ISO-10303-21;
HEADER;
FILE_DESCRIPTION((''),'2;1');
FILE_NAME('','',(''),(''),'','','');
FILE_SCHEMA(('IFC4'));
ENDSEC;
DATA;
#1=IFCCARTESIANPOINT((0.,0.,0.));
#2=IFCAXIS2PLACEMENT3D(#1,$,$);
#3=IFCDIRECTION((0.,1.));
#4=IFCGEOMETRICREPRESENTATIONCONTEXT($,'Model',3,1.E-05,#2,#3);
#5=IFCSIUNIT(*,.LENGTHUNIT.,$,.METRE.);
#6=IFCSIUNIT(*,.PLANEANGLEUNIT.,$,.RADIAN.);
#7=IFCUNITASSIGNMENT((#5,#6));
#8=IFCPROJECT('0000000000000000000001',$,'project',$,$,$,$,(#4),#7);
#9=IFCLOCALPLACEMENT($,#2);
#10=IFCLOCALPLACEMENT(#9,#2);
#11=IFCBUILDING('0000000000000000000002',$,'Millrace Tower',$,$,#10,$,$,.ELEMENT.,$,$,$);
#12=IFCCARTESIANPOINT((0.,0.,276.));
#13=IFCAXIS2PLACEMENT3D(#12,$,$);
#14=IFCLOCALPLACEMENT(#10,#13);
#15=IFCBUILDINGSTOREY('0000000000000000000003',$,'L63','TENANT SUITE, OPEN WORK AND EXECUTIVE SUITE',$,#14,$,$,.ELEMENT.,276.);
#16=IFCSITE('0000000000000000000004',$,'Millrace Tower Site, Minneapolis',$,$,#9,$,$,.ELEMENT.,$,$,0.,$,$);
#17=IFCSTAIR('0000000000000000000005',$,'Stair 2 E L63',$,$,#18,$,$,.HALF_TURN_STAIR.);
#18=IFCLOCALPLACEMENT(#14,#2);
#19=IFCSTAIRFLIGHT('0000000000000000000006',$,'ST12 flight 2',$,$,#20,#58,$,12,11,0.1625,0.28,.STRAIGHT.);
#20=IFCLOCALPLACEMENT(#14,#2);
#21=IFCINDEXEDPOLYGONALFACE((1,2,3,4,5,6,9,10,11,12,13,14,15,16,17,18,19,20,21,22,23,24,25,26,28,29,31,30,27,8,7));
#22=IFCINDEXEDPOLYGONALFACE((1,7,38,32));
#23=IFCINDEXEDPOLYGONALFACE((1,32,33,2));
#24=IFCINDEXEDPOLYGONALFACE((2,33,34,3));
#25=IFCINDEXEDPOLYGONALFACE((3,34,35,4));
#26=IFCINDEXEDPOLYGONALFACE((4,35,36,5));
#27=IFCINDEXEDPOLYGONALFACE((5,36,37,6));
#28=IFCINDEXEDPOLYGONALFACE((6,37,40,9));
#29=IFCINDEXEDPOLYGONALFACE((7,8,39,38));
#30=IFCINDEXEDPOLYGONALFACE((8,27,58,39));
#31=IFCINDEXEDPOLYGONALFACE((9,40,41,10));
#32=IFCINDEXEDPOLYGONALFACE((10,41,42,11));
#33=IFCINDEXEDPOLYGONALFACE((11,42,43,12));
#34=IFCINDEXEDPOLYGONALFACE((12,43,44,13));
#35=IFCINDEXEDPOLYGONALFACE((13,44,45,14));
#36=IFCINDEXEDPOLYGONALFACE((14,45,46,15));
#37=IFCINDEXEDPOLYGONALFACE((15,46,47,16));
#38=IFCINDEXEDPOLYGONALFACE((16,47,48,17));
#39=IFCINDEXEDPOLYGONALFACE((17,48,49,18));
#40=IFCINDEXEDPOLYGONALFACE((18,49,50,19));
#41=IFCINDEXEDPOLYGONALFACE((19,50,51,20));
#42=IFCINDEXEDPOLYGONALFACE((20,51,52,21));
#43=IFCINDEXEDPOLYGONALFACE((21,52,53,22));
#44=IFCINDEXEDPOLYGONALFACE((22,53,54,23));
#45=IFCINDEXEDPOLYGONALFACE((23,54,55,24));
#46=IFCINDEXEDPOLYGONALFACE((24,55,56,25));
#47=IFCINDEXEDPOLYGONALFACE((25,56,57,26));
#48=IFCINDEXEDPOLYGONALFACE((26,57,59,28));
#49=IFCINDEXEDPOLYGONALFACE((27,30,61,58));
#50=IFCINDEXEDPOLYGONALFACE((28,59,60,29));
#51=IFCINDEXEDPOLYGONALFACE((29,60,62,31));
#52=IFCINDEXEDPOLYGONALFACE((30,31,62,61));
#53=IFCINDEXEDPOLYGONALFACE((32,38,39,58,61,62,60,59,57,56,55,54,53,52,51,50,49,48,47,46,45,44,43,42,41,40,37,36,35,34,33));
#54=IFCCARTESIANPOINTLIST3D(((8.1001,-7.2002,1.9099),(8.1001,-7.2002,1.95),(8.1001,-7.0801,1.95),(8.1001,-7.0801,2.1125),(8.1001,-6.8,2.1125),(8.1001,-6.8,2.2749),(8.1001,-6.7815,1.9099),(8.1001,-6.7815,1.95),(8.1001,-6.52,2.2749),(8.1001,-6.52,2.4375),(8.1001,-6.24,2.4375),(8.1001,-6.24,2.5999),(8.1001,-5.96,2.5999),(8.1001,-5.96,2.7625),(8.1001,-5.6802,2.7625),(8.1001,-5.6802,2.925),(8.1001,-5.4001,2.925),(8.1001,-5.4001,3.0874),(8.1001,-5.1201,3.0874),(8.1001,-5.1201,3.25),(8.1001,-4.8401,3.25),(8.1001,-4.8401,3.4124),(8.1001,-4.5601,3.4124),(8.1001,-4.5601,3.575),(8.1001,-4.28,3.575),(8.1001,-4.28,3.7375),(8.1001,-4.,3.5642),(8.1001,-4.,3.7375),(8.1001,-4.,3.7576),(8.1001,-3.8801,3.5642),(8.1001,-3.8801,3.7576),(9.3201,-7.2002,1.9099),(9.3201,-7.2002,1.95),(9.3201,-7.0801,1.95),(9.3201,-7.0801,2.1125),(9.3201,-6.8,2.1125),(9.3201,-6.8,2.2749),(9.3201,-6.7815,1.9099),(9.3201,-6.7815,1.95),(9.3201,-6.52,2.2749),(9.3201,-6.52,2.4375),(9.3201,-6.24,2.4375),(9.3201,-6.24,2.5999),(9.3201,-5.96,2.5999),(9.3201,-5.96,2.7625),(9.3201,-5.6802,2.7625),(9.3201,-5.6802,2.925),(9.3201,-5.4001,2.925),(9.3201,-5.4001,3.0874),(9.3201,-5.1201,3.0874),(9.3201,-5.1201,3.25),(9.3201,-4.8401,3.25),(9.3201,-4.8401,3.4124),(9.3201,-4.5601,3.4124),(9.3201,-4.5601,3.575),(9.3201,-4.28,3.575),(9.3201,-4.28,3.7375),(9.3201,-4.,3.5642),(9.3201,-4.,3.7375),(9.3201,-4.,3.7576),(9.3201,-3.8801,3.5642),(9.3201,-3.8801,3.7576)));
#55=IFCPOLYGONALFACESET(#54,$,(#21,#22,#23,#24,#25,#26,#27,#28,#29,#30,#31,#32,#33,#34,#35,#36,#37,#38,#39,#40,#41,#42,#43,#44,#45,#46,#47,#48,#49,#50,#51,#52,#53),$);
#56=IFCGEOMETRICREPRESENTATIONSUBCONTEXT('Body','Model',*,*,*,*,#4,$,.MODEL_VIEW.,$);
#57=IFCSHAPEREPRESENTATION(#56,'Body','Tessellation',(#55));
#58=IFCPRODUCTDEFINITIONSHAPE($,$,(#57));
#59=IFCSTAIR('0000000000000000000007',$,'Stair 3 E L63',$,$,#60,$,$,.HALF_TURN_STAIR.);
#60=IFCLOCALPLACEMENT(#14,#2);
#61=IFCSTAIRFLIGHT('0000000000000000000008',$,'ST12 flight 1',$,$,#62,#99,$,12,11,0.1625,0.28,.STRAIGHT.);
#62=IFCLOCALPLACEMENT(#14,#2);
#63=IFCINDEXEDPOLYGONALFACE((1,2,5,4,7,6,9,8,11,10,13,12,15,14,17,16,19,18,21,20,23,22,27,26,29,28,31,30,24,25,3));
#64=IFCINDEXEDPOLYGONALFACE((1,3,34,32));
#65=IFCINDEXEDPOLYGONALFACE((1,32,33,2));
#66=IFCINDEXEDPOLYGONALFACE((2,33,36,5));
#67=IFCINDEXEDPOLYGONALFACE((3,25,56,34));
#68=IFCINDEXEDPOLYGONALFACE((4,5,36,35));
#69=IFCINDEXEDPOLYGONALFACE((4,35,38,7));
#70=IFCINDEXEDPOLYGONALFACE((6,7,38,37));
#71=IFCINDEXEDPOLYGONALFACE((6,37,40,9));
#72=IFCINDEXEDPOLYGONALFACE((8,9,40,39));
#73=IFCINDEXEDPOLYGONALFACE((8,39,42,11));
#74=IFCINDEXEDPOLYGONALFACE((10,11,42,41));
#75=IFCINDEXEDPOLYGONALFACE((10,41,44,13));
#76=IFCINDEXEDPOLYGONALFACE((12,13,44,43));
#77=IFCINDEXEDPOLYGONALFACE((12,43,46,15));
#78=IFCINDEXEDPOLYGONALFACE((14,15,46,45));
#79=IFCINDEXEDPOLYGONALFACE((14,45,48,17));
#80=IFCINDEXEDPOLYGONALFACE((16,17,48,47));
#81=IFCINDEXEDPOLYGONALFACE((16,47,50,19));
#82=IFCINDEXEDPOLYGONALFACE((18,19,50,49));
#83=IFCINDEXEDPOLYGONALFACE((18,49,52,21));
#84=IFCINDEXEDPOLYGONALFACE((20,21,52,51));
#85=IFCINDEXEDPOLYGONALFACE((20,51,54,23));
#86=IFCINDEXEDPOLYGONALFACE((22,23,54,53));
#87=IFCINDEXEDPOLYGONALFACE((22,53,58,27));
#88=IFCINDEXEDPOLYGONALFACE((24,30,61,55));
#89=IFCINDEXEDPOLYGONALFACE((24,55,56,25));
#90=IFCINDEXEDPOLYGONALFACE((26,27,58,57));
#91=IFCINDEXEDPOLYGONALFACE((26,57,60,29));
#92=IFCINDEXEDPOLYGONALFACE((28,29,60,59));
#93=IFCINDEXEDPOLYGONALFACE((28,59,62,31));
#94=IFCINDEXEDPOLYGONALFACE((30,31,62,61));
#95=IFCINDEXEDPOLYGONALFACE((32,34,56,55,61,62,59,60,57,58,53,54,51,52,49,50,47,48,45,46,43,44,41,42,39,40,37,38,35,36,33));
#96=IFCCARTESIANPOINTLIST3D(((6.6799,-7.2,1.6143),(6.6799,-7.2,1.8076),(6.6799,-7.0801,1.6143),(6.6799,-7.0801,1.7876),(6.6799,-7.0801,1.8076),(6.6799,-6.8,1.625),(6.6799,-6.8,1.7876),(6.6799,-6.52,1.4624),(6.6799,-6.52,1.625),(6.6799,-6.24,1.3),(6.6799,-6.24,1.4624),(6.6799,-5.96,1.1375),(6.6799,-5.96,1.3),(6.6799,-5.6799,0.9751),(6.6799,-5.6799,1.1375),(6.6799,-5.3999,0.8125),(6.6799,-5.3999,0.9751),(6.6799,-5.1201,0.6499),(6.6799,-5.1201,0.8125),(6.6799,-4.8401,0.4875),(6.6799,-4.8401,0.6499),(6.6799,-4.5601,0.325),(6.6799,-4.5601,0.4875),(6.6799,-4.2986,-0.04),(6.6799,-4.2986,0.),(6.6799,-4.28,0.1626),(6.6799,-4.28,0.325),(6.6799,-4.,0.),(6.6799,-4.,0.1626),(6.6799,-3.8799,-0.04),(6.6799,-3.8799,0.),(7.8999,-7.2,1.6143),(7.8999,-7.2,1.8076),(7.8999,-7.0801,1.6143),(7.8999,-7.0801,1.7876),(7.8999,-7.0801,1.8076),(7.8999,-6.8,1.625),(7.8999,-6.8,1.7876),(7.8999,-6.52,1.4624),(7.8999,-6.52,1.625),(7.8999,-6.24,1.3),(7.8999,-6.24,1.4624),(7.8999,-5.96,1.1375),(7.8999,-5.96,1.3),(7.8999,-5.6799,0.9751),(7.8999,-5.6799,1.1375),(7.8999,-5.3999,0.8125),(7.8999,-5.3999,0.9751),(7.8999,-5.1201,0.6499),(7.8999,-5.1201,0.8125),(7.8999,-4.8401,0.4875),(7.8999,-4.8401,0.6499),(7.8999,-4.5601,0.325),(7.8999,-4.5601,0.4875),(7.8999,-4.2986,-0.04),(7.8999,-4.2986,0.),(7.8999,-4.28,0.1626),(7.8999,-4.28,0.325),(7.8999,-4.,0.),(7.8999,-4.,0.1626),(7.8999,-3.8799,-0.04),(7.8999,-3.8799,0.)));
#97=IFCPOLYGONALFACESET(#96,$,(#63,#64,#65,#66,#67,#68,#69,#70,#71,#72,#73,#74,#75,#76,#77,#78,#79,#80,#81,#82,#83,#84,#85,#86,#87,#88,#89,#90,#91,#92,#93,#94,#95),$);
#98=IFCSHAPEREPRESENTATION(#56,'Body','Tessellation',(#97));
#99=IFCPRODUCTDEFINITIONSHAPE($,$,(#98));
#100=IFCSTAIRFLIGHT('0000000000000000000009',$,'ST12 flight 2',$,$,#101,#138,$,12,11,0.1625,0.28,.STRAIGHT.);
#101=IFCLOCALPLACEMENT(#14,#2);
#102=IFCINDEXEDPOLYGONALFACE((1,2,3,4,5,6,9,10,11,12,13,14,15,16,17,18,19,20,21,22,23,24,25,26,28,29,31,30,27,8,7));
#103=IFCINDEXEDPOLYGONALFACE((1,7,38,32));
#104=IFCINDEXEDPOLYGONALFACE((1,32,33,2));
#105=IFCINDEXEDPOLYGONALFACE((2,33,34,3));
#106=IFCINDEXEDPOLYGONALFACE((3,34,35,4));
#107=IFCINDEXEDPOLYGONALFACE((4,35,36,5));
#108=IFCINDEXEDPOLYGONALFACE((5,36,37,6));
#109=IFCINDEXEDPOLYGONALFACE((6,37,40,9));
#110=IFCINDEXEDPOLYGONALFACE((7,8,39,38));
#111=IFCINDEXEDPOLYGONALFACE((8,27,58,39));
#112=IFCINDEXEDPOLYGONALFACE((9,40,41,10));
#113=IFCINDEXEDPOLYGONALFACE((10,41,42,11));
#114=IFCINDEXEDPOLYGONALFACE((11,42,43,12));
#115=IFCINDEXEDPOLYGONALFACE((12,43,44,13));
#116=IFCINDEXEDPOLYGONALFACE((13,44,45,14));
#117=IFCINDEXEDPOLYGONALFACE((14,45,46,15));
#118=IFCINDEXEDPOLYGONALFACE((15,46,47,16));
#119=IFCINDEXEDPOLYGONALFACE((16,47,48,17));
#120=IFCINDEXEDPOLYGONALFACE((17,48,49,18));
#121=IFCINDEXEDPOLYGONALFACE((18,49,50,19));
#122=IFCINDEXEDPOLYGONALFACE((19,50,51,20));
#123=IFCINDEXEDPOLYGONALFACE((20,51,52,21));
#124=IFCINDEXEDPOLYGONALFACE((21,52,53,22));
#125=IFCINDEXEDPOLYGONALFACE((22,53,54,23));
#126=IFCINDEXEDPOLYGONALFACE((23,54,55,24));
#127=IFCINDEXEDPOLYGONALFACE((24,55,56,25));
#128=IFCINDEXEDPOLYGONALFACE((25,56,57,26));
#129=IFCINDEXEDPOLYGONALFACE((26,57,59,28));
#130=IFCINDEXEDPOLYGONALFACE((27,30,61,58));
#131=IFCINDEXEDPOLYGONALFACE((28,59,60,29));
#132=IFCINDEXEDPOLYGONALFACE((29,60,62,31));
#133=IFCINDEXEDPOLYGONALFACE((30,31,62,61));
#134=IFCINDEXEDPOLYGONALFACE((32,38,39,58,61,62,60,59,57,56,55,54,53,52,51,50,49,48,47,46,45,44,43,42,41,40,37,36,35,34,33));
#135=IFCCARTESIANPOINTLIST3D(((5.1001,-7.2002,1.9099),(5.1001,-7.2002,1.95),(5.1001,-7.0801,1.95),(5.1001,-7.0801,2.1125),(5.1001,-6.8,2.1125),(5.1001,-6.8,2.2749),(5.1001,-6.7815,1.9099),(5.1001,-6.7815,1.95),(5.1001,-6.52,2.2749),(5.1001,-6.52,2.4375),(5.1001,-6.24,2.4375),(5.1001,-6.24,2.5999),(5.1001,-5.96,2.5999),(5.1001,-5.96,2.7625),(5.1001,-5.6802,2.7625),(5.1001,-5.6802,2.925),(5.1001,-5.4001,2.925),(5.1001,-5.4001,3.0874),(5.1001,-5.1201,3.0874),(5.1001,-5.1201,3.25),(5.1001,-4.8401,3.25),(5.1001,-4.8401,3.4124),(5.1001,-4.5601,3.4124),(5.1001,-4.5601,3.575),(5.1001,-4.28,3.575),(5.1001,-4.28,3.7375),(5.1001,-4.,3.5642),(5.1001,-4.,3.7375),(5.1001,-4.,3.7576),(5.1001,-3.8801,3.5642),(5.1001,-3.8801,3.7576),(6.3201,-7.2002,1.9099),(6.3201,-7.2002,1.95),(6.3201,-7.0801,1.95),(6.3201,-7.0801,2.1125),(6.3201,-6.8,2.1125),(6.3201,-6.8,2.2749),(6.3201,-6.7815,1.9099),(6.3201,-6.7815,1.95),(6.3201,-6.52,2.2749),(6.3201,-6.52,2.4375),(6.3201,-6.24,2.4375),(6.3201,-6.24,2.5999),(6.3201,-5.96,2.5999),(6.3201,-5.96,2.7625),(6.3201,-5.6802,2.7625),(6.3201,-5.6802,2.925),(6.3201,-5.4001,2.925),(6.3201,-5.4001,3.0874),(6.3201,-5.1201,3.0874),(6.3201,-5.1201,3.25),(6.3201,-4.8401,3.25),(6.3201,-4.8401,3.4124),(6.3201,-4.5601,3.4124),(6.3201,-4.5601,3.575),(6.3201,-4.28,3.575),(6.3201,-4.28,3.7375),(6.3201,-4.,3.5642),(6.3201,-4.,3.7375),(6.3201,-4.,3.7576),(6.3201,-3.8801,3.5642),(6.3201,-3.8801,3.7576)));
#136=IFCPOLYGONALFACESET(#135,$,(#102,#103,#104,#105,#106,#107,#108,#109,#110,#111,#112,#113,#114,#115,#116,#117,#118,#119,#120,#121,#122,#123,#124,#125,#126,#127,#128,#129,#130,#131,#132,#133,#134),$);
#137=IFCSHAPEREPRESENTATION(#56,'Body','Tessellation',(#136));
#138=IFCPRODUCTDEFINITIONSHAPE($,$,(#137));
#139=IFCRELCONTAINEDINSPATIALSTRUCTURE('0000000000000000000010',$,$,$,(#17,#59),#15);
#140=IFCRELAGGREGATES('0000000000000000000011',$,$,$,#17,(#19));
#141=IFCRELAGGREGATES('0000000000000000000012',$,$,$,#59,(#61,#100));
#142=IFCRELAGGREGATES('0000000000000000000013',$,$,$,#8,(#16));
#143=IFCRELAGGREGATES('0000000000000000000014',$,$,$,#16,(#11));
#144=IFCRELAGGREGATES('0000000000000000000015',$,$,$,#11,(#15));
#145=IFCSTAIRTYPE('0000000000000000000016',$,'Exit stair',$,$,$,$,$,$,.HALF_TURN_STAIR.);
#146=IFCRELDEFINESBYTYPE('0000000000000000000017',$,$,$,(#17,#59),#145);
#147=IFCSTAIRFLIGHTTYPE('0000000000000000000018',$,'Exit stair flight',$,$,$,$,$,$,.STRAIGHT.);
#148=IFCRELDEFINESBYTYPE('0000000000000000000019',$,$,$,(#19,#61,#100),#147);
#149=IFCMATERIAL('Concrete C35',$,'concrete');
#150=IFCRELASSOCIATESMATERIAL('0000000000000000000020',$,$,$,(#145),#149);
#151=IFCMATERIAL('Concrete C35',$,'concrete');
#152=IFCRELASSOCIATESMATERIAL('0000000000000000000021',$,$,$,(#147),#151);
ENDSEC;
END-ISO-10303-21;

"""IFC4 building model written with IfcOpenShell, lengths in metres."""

from ifc_helpers import new_model, si_unit, direction, frame, origin, place, context, subcontext, project, spatial, polyline, outline, extrude, material, type_object, element, aggregate, save


model = new_model("IFC4")

# Units and contexts
model_context = context("Model", 3, precision=1e-05, world=origin(), true_north=direction((0.0, 1.0)))
body_context = subcontext(model_context, "Body", "Model", "MODEL_VIEW")
ifc_project = project(units=[si_unit("LENGTHUNIT", "METRE"), si_unit("PLANEANGLEUNIT", "RADIAN")], contexts=[model_context])

# Site, building, storey
site_placement = place(None, origin())
site = spatial("IfcSite", under=ifc_project, at=site_placement, Name="Millrace Tower Site, Minneapolis", CompositionType="ELEMENT", RefElevation=0.0)
building_placement = place(site_placement, origin())
building = spatial("IfcBuilding", under=site, at=building_placement, Name="Millrace Tower", CompositionType="ELEMENT")
storey_placement = place(building_placement, frame((0.0, 0.0, 276.0)))
storey = spatial("IfcBuildingStorey", under=building, at=storey_placement, Name="L63", Description="TENANT SUITE, OPEN WORK AND EXECUTIVE SUITE", CompositionType="ELEMENT", Elevation=276.0)

# Shared definitions
placement = place(storey_placement, origin())

# Shared definitions
ifc_material_1 = material(Name="Concrete C35", Category="concrete")
stair_type = type_object("IfcStairType", Name="Exit stair", PredefinedType="HALF_TURN_STAIR", material=ifc_material_1)
ifc_material_2 = material(Name="Concrete C35", Category="concrete")
stair_flight_type = type_object("IfcStairFlightType", Name="Exit stair flight", PredefinedType="STRAIGHT", material=ifc_material_2)

# Stairs, stair flights
stair_1 = element("IfcStair", 1, at=placement, inside=storey, type_object=stair_type, Name="Stair 2 E L63", PredefinedType="HALF_TURN_STAIR")
stair_flight_1_placement = place(storey_placement, frame((8.71, -7.0801, 1.95), z_axis=(0.0, 0.0, 1.0), x_axis=(0.0, 1.0, 0.0)))
stair_flight_1 = element("IfcStairFlight", 2, at=stair_flight_1_placement, type_object=stair_flight_type, Name="ST12 flight 2", NumberOfRisers=12, NumberOfTreads=11, PredefinedType="STRAIGHT", RiserHeight=0.1625, TreadLength=0.28, context=body_context, shape_type="SweptSolid", body=[
    extrude(outline(polyline([(-0.1201, -0.04), (-0.1201, 0.0), (0.0, 0.0), (0.0, 0.1626), (0.28, 0.1626), (0.28, 0.325), (0.5601, 0.325), (0.5601, 0.4875), (0.8401, 0.4875), (0.8401, 0.6499), (1.1201, 0.6499), (1.1201, 0.8125), (1.3999, 0.8125), (1.3999, 0.9751), (1.6799, 0.9751), (1.6799, 1.1375), (1.96, 1.1375), (1.96, 1.3), (2.24, 1.3), (2.24, 1.4624), (2.52, 1.4624), (2.52, 1.625), (2.8, 1.625), (2.8, 1.7876), (3.0801, 1.7876), (3.0801, 1.8076), (3.2, 1.8076), (3.2, 1.6143), (3.0801, 1.6143), (0.2986, 0.0), (0.2986, -0.04), (-0.1201, -0.04)])), frame((0.0, 0.6099, 0.0), z_axis=(0.0, -1.0, 0.0), x_axis=(1.0, 0.0, 0.0)), (0.0, 0.0, 1.0), 1.22),
])
aggregate(stair_1, [stair_flight_1])
stair_2 = element("IfcStair", 3, at=placement, inside=storey, type_object=stair_type, Name="Stair 3 E L63", PredefinedType="HALF_TURN_STAIR")
stair_flight_2_placement = place(storey_placement, frame((7.29, -4.0, 0.0), z_axis=(0.0, 0.0, 1.0), x_axis=(0.0, -1.0, 0.0)))
stair_flight_2 = element("IfcStairFlight", 4, at=stair_flight_2_placement, type_object=stair_flight_type, Name="ST12 flight 1", NumberOfRisers=12, NumberOfTreads=11, PredefinedType="STRAIGHT", RiserHeight=0.1625, TreadLength=0.28, context=body_context, shape_type="SweptSolid", body=[
    extrude(outline(polyline([(-0.1201, -0.04), (-0.1201, 0.0), (0.0, 0.0), (0.0, 0.1626), (0.28, 0.1626), (0.28, 0.325), (0.5601, 0.325), (0.5601, 0.4875), (0.8401, 0.4875), (0.8401, 0.6499), (1.1201, 0.6499), (1.1201, 0.8125), (1.3999, 0.8125), (1.3999, 0.9751), (1.6799, 0.9751), (1.6799, 1.1375), (1.96, 1.1375), (1.96, 1.3), (2.24, 1.3), (2.24, 1.4624), (2.52, 1.4624), (2.52, 1.625), (2.8, 1.625), (2.8, 1.7876), (3.0801, 1.7876), (3.0801, 1.8076), (3.2, 1.8076), (3.2, 1.6143), (3.0801, 1.6143), (0.2986, 0.0), (0.2986, -0.04), (-0.1201, -0.04)])), frame((0.0, 0.6099, 0.0), z_axis=(0.0, -1.0, 0.0), x_axis=(1.0, 0.0, 0.0)), (0.0, 0.0, 1.0), 1.22),
])
stair_flight_3_placement = place(storey_placement, frame((5.71, -7.0801, 1.95), z_axis=(0.0, 0.0, 1.0), x_axis=(0.0, 1.0, 0.0)))
stair_flight_3 = element("IfcStairFlight", 5, at=stair_flight_3_placement, type_object=stair_flight_type, Name="ST12 flight 2", NumberOfRisers=12, NumberOfTreads=11, PredefinedType="STRAIGHT", RiserHeight=0.1625, TreadLength=0.28, context=body_context, shape_type="SweptSolid", body=[
    extrude(outline(polyline([(-0.1201, -0.04), (-0.1201, 0.0), (0.0, 0.0), (0.0, 0.1626), (0.28, 0.1626), (0.28, 0.325), (0.5601, 0.325), (0.5601, 0.4875), (0.8401, 0.4875), (0.8401, 0.6499), (1.1201, 0.6499), (1.1201, 0.8125), (1.3999, 0.8125), (1.3999, 0.9751), (1.6799, 0.9751), (1.6799, 1.1375), (1.96, 1.1375), (1.96, 1.3), (2.24, 1.3), (2.24, 1.4624), (2.52, 1.4624), (2.52, 1.625), (2.8, 1.625), (2.8, 1.7876), (3.0801, 1.7876), (3.0801, 1.8076), (3.2, 1.8076), (3.2, 1.6143), (3.0801, 1.6143), (0.2986, 0.0), (0.2986, -0.04), (-0.1201, -0.04)])), frame((0.0, 0.6099, 0.0), z_axis=(0.0, -1.0, 0.0), x_axis=(1.0, 0.0, 0.0)), (0.0, 0.0, 1.0), 1.22),
])
aggregate(stair_2, [stair_flight_2, stair_flight_3])

save(model, "model.ifc")
